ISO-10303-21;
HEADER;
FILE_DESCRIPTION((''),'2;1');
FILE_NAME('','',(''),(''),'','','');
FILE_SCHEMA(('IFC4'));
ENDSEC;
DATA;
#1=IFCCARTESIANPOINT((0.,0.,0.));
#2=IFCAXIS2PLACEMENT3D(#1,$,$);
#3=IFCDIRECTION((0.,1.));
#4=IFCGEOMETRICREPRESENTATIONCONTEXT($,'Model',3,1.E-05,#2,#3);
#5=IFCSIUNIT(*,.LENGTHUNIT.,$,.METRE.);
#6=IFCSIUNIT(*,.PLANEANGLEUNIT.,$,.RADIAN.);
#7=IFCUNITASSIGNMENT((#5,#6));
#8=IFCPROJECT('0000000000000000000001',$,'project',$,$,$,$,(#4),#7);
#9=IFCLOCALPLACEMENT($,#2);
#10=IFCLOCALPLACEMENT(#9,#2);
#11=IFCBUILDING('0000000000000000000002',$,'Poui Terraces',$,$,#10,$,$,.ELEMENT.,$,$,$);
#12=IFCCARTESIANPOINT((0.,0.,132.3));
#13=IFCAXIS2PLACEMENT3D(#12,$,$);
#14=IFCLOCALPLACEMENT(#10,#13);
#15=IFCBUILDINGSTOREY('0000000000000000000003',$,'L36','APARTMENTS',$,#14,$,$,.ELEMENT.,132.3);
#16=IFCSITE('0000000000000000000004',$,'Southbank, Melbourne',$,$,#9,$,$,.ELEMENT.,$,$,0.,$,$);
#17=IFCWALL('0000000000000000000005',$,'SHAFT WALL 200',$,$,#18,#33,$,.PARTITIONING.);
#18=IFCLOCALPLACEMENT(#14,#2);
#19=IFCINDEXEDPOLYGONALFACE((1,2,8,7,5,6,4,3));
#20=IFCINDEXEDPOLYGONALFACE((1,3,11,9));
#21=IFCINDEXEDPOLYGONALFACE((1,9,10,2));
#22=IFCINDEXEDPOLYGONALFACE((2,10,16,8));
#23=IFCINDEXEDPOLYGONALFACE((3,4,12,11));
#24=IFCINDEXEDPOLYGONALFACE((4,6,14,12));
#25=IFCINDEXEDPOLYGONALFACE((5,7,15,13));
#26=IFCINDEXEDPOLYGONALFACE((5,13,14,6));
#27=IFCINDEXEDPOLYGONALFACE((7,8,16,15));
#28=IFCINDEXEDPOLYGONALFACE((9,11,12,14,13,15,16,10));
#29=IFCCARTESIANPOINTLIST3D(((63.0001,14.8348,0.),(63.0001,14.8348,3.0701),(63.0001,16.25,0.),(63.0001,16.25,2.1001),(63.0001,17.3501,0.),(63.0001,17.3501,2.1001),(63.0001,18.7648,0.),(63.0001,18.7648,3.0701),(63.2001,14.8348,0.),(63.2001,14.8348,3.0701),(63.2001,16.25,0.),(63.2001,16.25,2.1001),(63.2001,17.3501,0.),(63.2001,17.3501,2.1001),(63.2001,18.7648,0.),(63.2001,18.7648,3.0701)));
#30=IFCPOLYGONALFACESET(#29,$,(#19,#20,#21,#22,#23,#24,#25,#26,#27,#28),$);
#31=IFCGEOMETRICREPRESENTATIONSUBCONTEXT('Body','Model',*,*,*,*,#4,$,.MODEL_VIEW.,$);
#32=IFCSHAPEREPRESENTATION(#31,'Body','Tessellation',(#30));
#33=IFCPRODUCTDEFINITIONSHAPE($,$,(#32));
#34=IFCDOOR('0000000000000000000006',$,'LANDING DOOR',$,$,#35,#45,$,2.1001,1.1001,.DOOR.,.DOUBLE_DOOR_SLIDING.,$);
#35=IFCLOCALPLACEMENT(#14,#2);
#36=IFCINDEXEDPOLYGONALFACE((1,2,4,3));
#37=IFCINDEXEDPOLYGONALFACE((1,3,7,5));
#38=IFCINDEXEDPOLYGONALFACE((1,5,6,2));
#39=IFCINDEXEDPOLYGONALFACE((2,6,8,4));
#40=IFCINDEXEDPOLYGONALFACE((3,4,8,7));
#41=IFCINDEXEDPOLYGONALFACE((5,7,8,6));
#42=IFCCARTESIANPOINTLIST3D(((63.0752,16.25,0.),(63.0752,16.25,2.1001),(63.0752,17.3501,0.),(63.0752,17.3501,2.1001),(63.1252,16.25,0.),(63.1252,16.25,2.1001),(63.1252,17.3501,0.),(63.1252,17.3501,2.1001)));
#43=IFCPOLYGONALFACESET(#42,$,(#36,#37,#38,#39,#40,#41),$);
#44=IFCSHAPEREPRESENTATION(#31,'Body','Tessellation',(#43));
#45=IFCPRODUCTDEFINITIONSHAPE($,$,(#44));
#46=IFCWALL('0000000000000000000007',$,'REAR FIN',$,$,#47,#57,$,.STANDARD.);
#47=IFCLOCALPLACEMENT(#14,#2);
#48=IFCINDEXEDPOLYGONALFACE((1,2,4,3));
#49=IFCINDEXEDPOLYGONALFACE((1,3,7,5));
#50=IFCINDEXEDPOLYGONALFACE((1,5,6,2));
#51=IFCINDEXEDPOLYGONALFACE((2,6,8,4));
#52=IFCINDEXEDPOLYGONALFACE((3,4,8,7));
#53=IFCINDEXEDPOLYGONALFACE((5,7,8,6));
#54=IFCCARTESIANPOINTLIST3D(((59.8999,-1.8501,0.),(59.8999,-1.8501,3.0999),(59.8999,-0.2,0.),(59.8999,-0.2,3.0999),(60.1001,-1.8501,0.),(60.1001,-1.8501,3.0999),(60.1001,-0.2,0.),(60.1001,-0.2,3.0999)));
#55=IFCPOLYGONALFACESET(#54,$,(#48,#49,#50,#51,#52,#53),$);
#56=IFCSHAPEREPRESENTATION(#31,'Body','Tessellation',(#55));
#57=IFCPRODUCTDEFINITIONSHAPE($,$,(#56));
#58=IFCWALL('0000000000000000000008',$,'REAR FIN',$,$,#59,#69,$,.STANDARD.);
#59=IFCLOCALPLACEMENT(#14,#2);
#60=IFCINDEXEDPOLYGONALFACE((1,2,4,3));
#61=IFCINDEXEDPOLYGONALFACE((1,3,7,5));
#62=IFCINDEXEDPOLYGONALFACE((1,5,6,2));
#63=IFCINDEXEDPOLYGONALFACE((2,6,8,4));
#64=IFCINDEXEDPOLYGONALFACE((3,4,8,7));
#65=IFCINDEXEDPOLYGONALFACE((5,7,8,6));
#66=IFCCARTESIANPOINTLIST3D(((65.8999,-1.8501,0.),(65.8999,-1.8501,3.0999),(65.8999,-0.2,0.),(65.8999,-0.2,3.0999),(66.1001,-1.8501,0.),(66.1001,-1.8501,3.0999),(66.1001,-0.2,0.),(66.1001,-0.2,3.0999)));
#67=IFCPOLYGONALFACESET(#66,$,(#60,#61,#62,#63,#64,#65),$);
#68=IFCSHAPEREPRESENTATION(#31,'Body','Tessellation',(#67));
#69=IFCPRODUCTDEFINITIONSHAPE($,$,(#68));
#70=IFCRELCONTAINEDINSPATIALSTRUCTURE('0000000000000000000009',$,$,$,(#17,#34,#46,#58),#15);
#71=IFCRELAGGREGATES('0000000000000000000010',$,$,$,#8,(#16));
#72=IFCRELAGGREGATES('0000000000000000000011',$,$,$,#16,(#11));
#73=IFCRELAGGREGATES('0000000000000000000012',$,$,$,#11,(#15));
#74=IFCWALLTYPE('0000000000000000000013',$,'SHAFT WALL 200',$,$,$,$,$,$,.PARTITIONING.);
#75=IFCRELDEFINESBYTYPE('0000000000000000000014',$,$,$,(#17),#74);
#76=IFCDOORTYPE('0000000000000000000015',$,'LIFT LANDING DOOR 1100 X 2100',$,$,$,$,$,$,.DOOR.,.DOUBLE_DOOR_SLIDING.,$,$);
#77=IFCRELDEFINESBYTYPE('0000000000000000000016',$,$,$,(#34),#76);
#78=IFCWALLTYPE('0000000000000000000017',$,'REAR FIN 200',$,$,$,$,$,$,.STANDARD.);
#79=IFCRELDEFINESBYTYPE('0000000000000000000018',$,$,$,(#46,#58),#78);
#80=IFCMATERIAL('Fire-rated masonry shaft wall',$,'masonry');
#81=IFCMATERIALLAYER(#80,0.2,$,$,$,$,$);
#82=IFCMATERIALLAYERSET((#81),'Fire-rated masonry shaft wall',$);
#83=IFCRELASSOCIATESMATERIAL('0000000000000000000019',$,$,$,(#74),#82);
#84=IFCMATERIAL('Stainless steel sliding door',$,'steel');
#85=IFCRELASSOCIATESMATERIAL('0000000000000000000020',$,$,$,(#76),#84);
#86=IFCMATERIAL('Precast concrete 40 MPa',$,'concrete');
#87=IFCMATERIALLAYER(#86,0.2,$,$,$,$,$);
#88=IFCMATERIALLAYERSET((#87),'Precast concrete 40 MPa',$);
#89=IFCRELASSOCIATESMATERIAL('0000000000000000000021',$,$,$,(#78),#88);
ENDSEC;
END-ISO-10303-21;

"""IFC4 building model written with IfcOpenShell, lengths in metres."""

from ifc_helpers import new_model, si_unit, direction, frame, frame_2d, origin, place, context, subcontext, project, spatial, polyline, rectangle, outline, extrude, source, transform, mapped, material, layer, layer_set, type_object, element, fill, save


model = new_model("IFC4")

# Units and contexts
model_context = context("Model", 3, precision=1e-05, world=origin(), true_north=direction((0.0, 1.0)))
body_context = subcontext(model_context, "Body", "Model", "MODEL_VIEW")
ifc_project = project(units=[si_unit("LENGTHUNIT", "METRE"), si_unit("PLANEANGLEUNIT", "RADIAN")], contexts=[model_context])

# Site, building, storey
site_placement = place(None, origin())
site = spatial("IfcSite", under=ifc_project, at=site_placement, Name="Southbank, Melbourne", CompositionType="ELEMENT", RefElevation=0.0)
building_placement = place(site_placement, origin())
building = spatial("IfcBuilding", under=site, at=building_placement, Name="Poui Terraces", CompositionType="ELEMENT")
storey_placement = place(building_placement, frame((0.0, 0.0, 132.3)))
storey = spatial("IfcBuildingStorey", under=building, at=storey_placement, Name="L36", Description="APARTMENTS", CompositionType="ELEMENT", Elevation=132.3)

# Shared definitions
ifc_material_1 = material(Name="Precast concrete 40 MPa", Category="concrete")

# Shared definitions
ifc_material_2 = material(Name="Fire-rated masonry shaft wall", Category="masonry")
ifc_layer_1 = layer(ifc_material_2, 0.2)
ifc_layer_set_1 = layer_set([ifc_layer_1], Name="Fire-rated masonry shaft wall")
wall_type_1 = type_object("IfcWallType", Name="SHAFT WALL 200", PredefinedType="PARTITIONING", material=ifc_layer_set_1)

# Wall, opening, door
wall_1_placement = place(storey_placement, frame((63.1001, 14.835, 0.0), z_axis=(0.0, 0.0, 1.0), x_axis=(0.0, 1.0, 0.0)))
wall_1 = element("IfcWall", 1, at=wall_1_placement, inside=storey, type_object=wall_type_1, Name="SHAFT WALL 200", PredefinedType="PARTITIONING", context=body_context, shape_type="SweptSolid", body=[
    extrude(rectangle(XDim=3.9299, YDim=0.2, at=frame_2d((1.9648, 0.0))), origin(), (0.0, 0.0, 1.0), 3.0701),
])
opening_1_placement = place(wall_1_placement, frame((1.415, 0.0, 0.0)))
opening_1 = element("IfcOpeningElement", 2, at=opening_1_placement, cuts=wall_1, PredefinedType="OPENING", context=body_context, shape_type="SweptSolid", body=[
    extrude(rectangle(XDim=1.1001, YDim=2.1001, at=frame_2d((0.55, 1.05))), frame((0.0, 0.1099, 0.0), z_axis=(0.0, -1.0, 0.0), x_axis=(1.0, 0.0, 0.0)), (0.0, 0.0, 1.0), 0.22),
])
ifc_material_3 = material(Name="Stainless steel sliding door", Category="steel")
door_type_1 = type_object("IfcDoorType", Name="LIFT LANDING DOOR 1100 X 2100", OperationType="DOUBLE_DOOR_SLIDING", PredefinedType="DOOR", material=ifc_material_3)
door_1_placement = place(opening_1_placement, origin())
door_1 = element("IfcDoor", 3, at=door_1_placement, inside=storey, type_object=door_type_1, Name="LANDING DOOR", OperationType="DOUBLE_DOOR_SLIDING", OverallHeight=2.1001, OverallWidth=1.1001, PredefinedType="DOOR", context=body_context, shape_type="SweptSolid", body=[
    extrude(rectangle(XDim=1.1001, YDim=2.1001, at=frame_2d((0.55, 1.05))), frame((0.0, 0.0249, 0.0), z_axis=(0.0, -1.0, 0.0), x_axis=(1.0, 0.0, 0.0)), (0.0, 0.0, 1.0), 0.05),
])
fill(opening_1, door_1)

# Walls
ifc_layer_2 = layer(ifc_material_1, 0.2)
ifc_layer_set_2 = layer_set([ifc_layer_2], Name="Precast concrete 40 MPa")
wall_type_2 = type_object("IfcWallType", Name="REAR FIN 200", PredefinedType="STANDARD", material=ifc_layer_set_2)
shared_shape_1 = source(origin(), body_context, "Body", "SweptSolid", [
    extrude(outline(polyline([(0.0, 0.0), (0.2002, 0.0), (0.2002, 1.6501), (0.0, 1.6501), (0.0, 0.0)])), origin(), (0.0, 0.0, 1.0), 3.0999),
])
for number, where, name in (
    (4, (59.8999, -1.8501, 0.0), "REAR FIN"),
    (5, (65.8999, -1.8501, 0.0), "REAR FIN"),
):
    element("IfcWall", number, at=place(storey_placement, frame(where)), inside=storey, type_object=wall_type_2, Name=name, PredefinedType="STANDARD", context=body_context, shape_type="MappedRepresentation", body=[
        mapped(shared_shape_1, transform((0.0, 0.0, 0.0))),
    ])

save(model, "model.ifc")
